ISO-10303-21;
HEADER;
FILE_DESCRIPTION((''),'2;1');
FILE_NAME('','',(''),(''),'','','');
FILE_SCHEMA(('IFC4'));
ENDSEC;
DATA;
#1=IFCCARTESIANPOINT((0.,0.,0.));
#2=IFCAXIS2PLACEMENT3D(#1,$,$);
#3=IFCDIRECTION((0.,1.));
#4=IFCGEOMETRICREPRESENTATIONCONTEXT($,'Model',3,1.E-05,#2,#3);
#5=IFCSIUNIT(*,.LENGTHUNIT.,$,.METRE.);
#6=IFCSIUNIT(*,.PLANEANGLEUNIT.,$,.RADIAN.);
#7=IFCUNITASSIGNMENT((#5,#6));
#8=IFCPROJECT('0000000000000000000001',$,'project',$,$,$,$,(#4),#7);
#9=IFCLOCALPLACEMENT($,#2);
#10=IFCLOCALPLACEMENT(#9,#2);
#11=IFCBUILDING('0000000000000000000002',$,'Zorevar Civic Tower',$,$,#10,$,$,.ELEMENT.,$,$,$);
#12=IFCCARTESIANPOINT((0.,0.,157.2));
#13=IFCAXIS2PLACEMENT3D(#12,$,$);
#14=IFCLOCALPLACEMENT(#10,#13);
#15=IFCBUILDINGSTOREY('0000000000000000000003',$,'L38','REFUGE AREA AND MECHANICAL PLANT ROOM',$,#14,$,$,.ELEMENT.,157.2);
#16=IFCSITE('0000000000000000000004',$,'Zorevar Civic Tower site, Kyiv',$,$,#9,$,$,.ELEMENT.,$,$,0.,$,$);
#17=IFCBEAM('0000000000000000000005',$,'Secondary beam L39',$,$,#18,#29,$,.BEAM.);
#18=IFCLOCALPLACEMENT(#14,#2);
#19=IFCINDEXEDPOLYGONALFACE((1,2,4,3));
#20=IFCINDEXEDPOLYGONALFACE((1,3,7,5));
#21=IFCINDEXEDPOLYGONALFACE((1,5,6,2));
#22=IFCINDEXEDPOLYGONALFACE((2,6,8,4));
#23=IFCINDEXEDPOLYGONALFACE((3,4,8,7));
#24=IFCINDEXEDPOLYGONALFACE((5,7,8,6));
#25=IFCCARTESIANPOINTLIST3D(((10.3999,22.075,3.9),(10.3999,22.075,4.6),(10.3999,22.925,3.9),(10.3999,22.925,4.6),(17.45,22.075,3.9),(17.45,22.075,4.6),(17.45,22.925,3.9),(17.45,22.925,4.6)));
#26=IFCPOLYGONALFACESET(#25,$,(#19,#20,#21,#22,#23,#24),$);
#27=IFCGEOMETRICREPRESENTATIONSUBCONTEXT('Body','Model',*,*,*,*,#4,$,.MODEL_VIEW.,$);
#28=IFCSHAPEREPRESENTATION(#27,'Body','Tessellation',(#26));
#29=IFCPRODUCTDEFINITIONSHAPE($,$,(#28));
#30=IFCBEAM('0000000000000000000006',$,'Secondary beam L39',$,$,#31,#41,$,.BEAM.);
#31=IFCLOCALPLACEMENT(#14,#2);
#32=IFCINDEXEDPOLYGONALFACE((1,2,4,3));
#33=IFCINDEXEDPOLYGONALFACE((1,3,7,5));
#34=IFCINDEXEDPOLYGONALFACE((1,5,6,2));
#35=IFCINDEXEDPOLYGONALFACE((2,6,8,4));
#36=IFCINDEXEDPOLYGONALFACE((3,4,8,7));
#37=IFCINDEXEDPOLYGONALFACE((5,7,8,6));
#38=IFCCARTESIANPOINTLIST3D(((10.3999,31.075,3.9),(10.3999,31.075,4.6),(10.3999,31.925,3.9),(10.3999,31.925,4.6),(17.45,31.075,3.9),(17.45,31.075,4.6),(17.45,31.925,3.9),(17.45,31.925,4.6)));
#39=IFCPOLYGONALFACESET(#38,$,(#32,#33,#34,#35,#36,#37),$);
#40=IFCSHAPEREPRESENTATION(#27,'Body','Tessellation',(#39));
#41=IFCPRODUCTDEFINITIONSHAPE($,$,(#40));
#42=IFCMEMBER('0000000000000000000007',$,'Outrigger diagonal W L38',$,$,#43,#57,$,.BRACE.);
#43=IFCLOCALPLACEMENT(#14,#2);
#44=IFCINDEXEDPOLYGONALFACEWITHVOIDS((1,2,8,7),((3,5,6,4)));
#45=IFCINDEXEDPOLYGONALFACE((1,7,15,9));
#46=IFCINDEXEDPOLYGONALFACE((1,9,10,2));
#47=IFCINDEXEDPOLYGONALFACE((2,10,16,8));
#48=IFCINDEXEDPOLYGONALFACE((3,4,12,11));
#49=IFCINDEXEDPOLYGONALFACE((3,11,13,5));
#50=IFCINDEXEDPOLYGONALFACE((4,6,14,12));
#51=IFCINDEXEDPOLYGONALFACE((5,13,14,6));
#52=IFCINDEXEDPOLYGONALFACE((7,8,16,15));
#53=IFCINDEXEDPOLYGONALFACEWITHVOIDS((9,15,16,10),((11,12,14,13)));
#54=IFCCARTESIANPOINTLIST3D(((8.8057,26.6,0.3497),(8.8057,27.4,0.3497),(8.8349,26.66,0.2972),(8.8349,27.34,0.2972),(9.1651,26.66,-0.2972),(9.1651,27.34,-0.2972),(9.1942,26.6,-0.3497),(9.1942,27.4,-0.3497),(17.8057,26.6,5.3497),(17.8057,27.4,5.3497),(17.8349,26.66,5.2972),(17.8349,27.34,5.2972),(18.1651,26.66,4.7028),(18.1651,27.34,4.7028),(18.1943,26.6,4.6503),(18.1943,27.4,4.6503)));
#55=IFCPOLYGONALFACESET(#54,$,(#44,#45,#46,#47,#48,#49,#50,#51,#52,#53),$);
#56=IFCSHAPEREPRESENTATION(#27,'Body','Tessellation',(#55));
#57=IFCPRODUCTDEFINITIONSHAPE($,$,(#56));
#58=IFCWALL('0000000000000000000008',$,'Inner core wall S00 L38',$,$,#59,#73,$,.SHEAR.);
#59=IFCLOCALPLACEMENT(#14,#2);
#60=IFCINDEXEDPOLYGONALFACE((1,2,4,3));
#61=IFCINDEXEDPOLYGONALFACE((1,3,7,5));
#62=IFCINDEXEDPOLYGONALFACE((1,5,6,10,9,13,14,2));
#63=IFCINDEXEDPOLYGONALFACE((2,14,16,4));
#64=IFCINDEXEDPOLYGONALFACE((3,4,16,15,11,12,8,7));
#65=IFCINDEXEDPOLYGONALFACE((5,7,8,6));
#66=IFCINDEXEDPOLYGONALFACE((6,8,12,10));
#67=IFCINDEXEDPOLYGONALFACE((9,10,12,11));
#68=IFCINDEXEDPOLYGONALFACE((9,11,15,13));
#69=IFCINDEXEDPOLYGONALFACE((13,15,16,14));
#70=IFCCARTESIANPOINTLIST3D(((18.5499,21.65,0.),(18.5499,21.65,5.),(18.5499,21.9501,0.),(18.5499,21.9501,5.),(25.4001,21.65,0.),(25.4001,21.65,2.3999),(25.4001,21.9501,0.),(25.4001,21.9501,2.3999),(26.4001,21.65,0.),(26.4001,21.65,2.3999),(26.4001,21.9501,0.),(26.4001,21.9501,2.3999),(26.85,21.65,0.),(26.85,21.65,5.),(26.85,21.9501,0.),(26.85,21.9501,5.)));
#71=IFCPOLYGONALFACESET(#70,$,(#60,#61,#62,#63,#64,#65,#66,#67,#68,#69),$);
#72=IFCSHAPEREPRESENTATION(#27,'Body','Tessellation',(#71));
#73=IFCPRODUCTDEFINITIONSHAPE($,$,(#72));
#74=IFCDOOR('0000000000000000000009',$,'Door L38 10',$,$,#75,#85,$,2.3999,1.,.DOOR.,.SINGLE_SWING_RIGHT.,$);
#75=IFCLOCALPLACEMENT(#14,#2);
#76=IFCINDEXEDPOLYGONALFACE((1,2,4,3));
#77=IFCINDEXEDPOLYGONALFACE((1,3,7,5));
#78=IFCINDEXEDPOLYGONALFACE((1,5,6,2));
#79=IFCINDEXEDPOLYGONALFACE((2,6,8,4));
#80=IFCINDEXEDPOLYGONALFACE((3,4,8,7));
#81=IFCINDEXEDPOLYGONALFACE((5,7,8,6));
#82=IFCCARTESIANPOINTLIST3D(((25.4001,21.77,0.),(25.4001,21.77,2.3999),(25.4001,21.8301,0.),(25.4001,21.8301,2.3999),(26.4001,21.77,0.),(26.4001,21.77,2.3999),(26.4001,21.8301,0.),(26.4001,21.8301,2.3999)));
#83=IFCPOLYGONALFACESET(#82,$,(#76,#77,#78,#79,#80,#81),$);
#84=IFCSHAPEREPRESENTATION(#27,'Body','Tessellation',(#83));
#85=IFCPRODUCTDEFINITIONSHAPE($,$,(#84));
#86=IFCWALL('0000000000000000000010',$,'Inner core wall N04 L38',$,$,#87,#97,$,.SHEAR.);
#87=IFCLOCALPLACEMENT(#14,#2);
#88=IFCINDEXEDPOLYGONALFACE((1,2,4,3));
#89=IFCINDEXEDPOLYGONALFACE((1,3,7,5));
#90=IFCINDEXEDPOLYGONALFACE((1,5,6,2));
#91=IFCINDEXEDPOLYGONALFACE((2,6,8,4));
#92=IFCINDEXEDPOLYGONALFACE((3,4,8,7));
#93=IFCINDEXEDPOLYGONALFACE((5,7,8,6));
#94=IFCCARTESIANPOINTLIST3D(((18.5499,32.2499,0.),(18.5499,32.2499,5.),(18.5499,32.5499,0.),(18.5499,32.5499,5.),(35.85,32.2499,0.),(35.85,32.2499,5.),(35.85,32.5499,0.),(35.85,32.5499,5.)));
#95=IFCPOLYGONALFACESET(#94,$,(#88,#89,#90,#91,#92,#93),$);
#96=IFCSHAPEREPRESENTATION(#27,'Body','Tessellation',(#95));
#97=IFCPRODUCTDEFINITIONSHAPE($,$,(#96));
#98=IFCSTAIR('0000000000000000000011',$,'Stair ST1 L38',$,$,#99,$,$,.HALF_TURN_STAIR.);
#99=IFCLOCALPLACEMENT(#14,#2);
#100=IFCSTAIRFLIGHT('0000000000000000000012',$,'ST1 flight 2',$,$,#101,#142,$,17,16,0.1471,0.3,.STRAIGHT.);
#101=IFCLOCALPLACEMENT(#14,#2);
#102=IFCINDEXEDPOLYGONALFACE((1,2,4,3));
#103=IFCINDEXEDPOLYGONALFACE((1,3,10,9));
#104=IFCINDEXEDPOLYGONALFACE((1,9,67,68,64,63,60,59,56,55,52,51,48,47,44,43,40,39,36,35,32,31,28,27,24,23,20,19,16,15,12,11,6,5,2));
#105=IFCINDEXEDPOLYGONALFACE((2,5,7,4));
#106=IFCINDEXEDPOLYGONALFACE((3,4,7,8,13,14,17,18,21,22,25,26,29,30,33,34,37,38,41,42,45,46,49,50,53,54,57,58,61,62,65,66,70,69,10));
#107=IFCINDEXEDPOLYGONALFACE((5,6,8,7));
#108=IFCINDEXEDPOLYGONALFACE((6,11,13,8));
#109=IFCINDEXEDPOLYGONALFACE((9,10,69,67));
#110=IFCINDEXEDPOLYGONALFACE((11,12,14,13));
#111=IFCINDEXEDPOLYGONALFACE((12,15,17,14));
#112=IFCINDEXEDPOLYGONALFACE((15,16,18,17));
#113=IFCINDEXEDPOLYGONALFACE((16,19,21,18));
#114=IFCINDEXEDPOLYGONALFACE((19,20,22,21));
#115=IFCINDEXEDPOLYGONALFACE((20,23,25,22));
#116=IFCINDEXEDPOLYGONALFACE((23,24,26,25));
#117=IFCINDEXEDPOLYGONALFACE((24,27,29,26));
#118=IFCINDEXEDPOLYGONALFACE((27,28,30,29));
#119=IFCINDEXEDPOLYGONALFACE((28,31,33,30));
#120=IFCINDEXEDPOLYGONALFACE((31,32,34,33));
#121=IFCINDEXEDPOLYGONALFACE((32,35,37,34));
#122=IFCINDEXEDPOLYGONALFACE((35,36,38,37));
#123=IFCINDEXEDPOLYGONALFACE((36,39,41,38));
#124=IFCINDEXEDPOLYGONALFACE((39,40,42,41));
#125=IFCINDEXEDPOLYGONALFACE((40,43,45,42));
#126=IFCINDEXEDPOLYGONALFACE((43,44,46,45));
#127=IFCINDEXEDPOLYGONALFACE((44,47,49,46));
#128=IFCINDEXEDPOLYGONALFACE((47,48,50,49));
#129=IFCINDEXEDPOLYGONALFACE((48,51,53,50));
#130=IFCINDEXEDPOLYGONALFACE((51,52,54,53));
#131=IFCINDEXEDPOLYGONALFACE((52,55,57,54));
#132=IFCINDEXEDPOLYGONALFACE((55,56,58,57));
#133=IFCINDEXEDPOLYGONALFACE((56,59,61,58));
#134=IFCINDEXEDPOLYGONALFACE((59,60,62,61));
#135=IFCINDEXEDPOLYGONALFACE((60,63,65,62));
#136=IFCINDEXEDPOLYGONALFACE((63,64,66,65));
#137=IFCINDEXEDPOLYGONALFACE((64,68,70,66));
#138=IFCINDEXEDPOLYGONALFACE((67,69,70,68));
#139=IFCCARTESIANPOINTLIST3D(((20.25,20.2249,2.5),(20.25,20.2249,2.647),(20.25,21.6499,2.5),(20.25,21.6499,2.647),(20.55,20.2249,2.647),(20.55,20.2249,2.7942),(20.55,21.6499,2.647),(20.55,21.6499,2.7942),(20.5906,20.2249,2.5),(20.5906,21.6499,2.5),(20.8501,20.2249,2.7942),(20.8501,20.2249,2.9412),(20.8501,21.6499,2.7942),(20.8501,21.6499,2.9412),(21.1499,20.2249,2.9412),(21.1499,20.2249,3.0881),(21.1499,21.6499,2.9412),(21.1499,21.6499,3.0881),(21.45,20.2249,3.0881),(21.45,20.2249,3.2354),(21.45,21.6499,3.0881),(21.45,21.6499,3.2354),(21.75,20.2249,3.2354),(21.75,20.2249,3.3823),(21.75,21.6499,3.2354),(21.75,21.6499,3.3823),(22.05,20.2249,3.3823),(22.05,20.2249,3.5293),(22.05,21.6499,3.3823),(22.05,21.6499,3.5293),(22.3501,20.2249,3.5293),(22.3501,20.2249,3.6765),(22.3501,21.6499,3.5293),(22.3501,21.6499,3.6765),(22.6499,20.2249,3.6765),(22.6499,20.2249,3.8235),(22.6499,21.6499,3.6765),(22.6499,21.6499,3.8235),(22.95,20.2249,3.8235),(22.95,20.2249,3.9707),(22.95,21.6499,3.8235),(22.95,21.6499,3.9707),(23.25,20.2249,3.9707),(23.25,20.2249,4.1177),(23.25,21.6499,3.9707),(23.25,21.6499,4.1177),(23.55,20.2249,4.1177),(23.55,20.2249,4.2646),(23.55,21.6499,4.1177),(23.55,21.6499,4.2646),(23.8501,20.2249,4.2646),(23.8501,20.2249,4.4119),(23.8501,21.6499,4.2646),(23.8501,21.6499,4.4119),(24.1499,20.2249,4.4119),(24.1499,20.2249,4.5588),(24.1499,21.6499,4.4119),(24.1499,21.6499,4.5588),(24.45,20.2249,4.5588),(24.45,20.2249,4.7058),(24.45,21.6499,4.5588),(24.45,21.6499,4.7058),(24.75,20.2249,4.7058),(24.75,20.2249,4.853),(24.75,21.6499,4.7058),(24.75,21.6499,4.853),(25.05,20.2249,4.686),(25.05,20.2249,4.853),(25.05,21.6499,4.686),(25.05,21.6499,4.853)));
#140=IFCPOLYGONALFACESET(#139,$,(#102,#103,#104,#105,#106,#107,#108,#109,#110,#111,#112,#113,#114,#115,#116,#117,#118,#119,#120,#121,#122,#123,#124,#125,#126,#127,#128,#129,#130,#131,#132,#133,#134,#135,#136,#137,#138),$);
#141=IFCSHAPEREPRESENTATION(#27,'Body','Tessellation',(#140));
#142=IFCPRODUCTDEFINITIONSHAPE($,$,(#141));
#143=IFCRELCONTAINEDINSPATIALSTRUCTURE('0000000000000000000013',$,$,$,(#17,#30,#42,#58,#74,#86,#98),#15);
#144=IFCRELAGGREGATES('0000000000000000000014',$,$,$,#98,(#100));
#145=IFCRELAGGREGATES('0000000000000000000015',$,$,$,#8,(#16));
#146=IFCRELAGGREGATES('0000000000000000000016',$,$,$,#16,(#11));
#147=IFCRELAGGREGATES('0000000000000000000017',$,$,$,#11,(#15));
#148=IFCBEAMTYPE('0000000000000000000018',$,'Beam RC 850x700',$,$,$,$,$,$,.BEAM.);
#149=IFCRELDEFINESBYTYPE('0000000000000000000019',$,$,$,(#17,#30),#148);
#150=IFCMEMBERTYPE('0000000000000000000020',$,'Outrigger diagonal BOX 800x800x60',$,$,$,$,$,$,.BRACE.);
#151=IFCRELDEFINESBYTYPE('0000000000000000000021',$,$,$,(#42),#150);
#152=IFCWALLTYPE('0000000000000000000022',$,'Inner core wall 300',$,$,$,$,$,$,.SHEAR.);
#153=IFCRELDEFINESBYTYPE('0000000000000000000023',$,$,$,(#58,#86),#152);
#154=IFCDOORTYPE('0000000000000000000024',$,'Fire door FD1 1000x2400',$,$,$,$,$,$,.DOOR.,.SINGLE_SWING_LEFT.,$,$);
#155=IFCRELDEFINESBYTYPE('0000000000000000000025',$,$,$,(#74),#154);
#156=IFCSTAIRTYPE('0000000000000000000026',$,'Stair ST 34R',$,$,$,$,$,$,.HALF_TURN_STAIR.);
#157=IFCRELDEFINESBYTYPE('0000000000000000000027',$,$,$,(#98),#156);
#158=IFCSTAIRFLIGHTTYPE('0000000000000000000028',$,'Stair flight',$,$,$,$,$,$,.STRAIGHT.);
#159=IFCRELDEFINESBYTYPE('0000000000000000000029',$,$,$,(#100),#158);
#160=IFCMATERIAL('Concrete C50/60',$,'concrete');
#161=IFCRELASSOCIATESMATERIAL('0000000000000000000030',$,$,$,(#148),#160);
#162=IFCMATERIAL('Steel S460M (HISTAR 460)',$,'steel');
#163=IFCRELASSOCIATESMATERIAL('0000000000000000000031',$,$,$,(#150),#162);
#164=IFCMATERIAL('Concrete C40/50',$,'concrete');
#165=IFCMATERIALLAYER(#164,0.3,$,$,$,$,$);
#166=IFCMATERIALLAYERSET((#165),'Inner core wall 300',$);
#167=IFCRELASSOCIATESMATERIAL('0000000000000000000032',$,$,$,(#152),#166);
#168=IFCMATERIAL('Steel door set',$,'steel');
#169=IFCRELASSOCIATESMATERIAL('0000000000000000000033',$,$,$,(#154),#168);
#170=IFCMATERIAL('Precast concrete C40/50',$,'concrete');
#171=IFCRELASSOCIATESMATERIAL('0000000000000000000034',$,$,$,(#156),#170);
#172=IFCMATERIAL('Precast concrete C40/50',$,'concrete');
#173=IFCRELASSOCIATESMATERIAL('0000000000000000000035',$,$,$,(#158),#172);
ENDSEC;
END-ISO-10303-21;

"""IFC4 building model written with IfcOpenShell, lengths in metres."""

from ifc_helpers import new_model, si_unit, direction, frame, frame_2d, origin, origin_2d, place, context, subcontext, project, spatial, polyline, rectangle, hollow_rectangle, outline, extrude, material, layer, layer_set, material_profile, profile_set, type_object, element, fill, aggregate, save


model = new_model("IFC4")

# Units and contexts
model_context = context("Model", 3, precision=1e-05, world=origin(), true_north=direction((0.0, 1.0)))
body_context = subcontext(model_context, "Body", "Model", "MODEL_VIEW")
ifc_project = project(units=[si_unit("LENGTHUNIT", "METRE"), si_unit("PLANEANGLEUNIT", "RADIAN")], contexts=[model_context])

# Site, building, storey
site_placement = place(None, origin())
site = spatial("IfcSite", under=ifc_project, at=site_placement, Name="Zorevar Civic Tower site, Kyiv", CompositionType="ELEMENT", RefElevation=0.0)
building_placement = place(site_placement, origin())
building = spatial("IfcBuilding", under=site, at=building_placement, Name="Zorevar Civic Tower", CompositionType="ELEMENT")
storey_placement = place(building_placement, frame((0.0, 0.0, 157.2)))
storey = spatial("IfcBuildingStorey", under=building, at=storey_placement, Name="L38", Description="REFUGE AREA AND MECHANICAL PLANT ROOM", CompositionType="ELEMENT", Elevation=157.2)

# Beams
ifc_material_1 = material(Name="Concrete C50/60", Category="concrete")
ifc_material_profile_1 = material_profile(ifc_material_1, rectangle(XDim=0.8501, YDim=0.7, at=origin_2d()), Name="RC 850x700")
ifc_profile_set_1 = profile_set([ifc_material_profile_1], Name="Concrete C50/60")
beam_type = type_object("IfcBeamType", Name="Beam RC 850x700", PredefinedType="BEAM", material=ifc_profile_set_1)
for number, where, z_axis, x_axis, name in (
    (1, (10.3999, 22.5, 4.25), (1.0, 0.0, 0.0), (0.0, 1.0, 0.0), "Secondary beam L39"),
    (2, (10.3999, 31.5, 4.25), (1.0, 0.0, 0.0), (0.0, 1.0, 0.0), "Secondary beam L39"),
):
    element("IfcBeam", number, at=place(storey_placement, frame(where, z_axis=z_axis, x_axis=x_axis)), inside=storey, type_object=beam_type, Name=name, PredefinedType="BEAM", context=body_context, shape_type="SweptSolid", body=[
        extrude(rectangle(XDim=0.8501, YDim=0.7, at=origin_2d()), origin(), (0.0, 0.0, 1.0), 7.05),
    ])

# Member
ifc_material_2 = material(Name="Steel S460M (HISTAR 460)", Category="steel")
ifc_material_profile_2 = material_profile(ifc_material_2, hollow_rectangle(XDim=0.8, YDim=0.8, WallThickness=0.0601, at=origin_2d()), Name="BOX 800x800x60")
ifc_profile_set_2 = profile_set([ifc_material_profile_2], Name="Steel S460M (HISTAR 460)")
member_type = type_object("IfcMemberType", Name="Outrigger diagonal BOX 800x800x60", PredefinedType="BRACE", material=ifc_profile_set_2)
member_placement = place(storey_placement, frame((18.0, 27.0, 5.0), z_axis=(-0.874157, 0.0, -0.485643), x_axis=(0.0, -1.0, 0.0)))
element("IfcMember", 3, at=member_placement, inside=storey, type_object=member_type, Name="Outrigger diagonal W L38", PredefinedType="BRACE", context=body_context, shape_type="SweptSolid", body=[
    extrude(hollow_rectangle(XDim=0.8, YDim=0.8, WallThickness=0.0601, at=origin_2d()), origin(), (0.0, 0.0, 1.0), 10.2957),
])

# Wall, opening, door
ifc_material_3 = material(Name="Concrete C40/50", Category="concrete")
ifc_layer = layer(ifc_material_3, 0.3)
ifc_layer_set = layer_set([ifc_layer], Name="Inner core wall 300")
wall_type = type_object("IfcWallType", Name="Inner core wall 300", PredefinedType="SHEAR", material=ifc_layer_set)
wall_1_placement = place(storey_placement, frame((18.55, 21.8, 0.0), z_axis=(0.0, 0.0, 1.0), x_axis=(1.0, 0.0, 0.0)))
wall_1 = element("IfcWall", 4, at=wall_1_placement, inside=storey, type_object=wall_type, Name="Inner core wall S00 L38", PredefinedType="SHEAR", context=body_context, shape_type="SweptSolid", body=[
    extrude(rectangle(XDim=8.3, YDim=0.3, at=frame_2d((4.1499, 0.0))), origin(), (0.0, 0.0, 1.0), 5.0),
])
opening_1_placement = place(wall_1_placement, frame((6.8501, 0.0, 0.0)))
opening_1 = element("IfcOpeningElement", 5, at=opening_1_placement, cuts=wall_1, PredefinedType="OPENING", context=body_context, shape_type="SweptSolid", body=[
    extrude(rectangle(XDim=1.0, YDim=2.3999, at=frame_2d((0.5, 1.2))), frame((0.0, 0.1599, 0.0), z_axis=(0.0, -1.0, 0.0), x_axis=(1.0, 0.0, 0.0)), (0.0, 0.0, 1.0), 0.3201),
])
ifc_material_4 = material(Name="Steel door set", Category="steel")
door_type_1 = type_object("IfcDoorType", Name="Fire door FD1 1000x2400", OperationType="SINGLE_SWING_LEFT", PredefinedType="DOOR", material=ifc_material_4)
door_1_placement = place(opening_1_placement, origin())
door_1 = element("IfcDoor", 6, at=door_1_placement, inside=storey, type_object=door_type_1, Name="Door L38 10", OperationType="SINGLE_SWING_RIGHT", OverallHeight=2.3999, OverallWidth=1.0, PredefinedType="DOOR", context=body_context, shape_type="SweptSolid", body=[
    extrude(rectangle(XDim=1.0, YDim=2.3999, at=frame_2d((0.5, 1.2))), frame((0.0, 0.03, 0.0), z_axis=(0.0, -1.0, 0.0), x_axis=(1.0, 0.0, 0.0)), (0.0, 0.0, 1.0), 0.0601),
])
fill(opening_1, door_1)

# Wall
wall_2_placement = place(storey_placement, frame((18.55, 32.3999, 0.0), z_axis=(0.0, 0.0, 1.0), x_axis=(1.0, 0.0, 0.0)))
element("IfcWall", 7, at=wall_2_placement, inside=storey, type_object=wall_type, Name="Inner core wall N04 L38", PredefinedType="SHEAR", context=body_context, shape_type="SweptSolid", body=[
    extrude(rectangle(XDim=17.3, YDim=0.3, at=frame_2d((8.6499, 0.0))), origin(), (0.0, 0.0, 1.0), 5.0),
])

# Stair, stair flight
ifc_material_5 = material(Name="Precast concrete C40/50", Category="concrete")
stair_type = type_object("IfcStairType", Name="Stair ST 34R", PredefinedType="HALF_TURN_STAIR", material=ifc_material_5)
stair_placement = place(storey_placement, origin())
stair = element("IfcStair", 8, at=stair_placement, inside=storey, type_object=stair_type, Name="Stair ST1 L38", PredefinedType="HALF_TURN_STAIR")
ifc_material_6 = material(Name="Precast concrete C40/50", Category="concrete")
stair_flight_type = type_object("IfcStairFlightType", Name="Stair flight", PredefinedType="STRAIGHT", material=ifc_material_6)
stair_flight_placement = place(storey_placement, frame((20.25, 20.9375, 2.5), z_axis=(0.0, 0.0, 1.0), x_axis=(1.0, 0.0, 0.0)))
stair_flight = element("IfcStairFlight", 9, at=stair_flight_placement, type_object=stair_flight_type, Name="ST1 flight 2", NumberOfRisers=17, NumberOfTreads=16, PredefinedType="STRAIGHT", RiserHeight=0.1471, TreadLength=0.3, context=body_context, shape_type="SweptSolid", body=[
    extrude(outline(polyline([(0.0, 0.0), (0.0, 0.147), (0.3, 0.147), (0.3, 0.2942), (0.6001, 0.2942), (0.6001, 0.4412), (0.8999, 0.4412), (0.8999, 0.5881), (1.2, 0.5881), (1.2, 0.7354), (1.5, 0.7354), (1.5, 0.8823), (1.8, 0.8823), (1.8, 1.0293), (2.1001, 1.0293), (2.1001, 1.1765), (2.3999, 1.1765), (2.3999, 1.3235), (2.7, 1.3235), (2.7, 1.4707), (3.0, 1.4707), (3.0, 1.6177), (3.3, 1.6177), (3.3, 1.7646), (3.6001, 1.7646), (3.6001, 1.9119), (3.8999, 1.9119), (3.8999, 2.0588), (4.2, 2.0588), (4.2, 2.2058), (4.5, 2.2058), (4.5, 2.353), (4.8, 2.353), (4.8, 2.5), (4.8, 2.186), (0.3406, 0.0), (0.0, 0.0)])), frame((0.0, 0.7124, 0.0), z_axis=(0.0, -1.0, 0.0), x_axis=(1.0, 0.0, 0.0)), (0.0, 0.0, 1.0), 1.425),
])
aggregate(stair, [stair_flight])

save(model, "model.ifc")
